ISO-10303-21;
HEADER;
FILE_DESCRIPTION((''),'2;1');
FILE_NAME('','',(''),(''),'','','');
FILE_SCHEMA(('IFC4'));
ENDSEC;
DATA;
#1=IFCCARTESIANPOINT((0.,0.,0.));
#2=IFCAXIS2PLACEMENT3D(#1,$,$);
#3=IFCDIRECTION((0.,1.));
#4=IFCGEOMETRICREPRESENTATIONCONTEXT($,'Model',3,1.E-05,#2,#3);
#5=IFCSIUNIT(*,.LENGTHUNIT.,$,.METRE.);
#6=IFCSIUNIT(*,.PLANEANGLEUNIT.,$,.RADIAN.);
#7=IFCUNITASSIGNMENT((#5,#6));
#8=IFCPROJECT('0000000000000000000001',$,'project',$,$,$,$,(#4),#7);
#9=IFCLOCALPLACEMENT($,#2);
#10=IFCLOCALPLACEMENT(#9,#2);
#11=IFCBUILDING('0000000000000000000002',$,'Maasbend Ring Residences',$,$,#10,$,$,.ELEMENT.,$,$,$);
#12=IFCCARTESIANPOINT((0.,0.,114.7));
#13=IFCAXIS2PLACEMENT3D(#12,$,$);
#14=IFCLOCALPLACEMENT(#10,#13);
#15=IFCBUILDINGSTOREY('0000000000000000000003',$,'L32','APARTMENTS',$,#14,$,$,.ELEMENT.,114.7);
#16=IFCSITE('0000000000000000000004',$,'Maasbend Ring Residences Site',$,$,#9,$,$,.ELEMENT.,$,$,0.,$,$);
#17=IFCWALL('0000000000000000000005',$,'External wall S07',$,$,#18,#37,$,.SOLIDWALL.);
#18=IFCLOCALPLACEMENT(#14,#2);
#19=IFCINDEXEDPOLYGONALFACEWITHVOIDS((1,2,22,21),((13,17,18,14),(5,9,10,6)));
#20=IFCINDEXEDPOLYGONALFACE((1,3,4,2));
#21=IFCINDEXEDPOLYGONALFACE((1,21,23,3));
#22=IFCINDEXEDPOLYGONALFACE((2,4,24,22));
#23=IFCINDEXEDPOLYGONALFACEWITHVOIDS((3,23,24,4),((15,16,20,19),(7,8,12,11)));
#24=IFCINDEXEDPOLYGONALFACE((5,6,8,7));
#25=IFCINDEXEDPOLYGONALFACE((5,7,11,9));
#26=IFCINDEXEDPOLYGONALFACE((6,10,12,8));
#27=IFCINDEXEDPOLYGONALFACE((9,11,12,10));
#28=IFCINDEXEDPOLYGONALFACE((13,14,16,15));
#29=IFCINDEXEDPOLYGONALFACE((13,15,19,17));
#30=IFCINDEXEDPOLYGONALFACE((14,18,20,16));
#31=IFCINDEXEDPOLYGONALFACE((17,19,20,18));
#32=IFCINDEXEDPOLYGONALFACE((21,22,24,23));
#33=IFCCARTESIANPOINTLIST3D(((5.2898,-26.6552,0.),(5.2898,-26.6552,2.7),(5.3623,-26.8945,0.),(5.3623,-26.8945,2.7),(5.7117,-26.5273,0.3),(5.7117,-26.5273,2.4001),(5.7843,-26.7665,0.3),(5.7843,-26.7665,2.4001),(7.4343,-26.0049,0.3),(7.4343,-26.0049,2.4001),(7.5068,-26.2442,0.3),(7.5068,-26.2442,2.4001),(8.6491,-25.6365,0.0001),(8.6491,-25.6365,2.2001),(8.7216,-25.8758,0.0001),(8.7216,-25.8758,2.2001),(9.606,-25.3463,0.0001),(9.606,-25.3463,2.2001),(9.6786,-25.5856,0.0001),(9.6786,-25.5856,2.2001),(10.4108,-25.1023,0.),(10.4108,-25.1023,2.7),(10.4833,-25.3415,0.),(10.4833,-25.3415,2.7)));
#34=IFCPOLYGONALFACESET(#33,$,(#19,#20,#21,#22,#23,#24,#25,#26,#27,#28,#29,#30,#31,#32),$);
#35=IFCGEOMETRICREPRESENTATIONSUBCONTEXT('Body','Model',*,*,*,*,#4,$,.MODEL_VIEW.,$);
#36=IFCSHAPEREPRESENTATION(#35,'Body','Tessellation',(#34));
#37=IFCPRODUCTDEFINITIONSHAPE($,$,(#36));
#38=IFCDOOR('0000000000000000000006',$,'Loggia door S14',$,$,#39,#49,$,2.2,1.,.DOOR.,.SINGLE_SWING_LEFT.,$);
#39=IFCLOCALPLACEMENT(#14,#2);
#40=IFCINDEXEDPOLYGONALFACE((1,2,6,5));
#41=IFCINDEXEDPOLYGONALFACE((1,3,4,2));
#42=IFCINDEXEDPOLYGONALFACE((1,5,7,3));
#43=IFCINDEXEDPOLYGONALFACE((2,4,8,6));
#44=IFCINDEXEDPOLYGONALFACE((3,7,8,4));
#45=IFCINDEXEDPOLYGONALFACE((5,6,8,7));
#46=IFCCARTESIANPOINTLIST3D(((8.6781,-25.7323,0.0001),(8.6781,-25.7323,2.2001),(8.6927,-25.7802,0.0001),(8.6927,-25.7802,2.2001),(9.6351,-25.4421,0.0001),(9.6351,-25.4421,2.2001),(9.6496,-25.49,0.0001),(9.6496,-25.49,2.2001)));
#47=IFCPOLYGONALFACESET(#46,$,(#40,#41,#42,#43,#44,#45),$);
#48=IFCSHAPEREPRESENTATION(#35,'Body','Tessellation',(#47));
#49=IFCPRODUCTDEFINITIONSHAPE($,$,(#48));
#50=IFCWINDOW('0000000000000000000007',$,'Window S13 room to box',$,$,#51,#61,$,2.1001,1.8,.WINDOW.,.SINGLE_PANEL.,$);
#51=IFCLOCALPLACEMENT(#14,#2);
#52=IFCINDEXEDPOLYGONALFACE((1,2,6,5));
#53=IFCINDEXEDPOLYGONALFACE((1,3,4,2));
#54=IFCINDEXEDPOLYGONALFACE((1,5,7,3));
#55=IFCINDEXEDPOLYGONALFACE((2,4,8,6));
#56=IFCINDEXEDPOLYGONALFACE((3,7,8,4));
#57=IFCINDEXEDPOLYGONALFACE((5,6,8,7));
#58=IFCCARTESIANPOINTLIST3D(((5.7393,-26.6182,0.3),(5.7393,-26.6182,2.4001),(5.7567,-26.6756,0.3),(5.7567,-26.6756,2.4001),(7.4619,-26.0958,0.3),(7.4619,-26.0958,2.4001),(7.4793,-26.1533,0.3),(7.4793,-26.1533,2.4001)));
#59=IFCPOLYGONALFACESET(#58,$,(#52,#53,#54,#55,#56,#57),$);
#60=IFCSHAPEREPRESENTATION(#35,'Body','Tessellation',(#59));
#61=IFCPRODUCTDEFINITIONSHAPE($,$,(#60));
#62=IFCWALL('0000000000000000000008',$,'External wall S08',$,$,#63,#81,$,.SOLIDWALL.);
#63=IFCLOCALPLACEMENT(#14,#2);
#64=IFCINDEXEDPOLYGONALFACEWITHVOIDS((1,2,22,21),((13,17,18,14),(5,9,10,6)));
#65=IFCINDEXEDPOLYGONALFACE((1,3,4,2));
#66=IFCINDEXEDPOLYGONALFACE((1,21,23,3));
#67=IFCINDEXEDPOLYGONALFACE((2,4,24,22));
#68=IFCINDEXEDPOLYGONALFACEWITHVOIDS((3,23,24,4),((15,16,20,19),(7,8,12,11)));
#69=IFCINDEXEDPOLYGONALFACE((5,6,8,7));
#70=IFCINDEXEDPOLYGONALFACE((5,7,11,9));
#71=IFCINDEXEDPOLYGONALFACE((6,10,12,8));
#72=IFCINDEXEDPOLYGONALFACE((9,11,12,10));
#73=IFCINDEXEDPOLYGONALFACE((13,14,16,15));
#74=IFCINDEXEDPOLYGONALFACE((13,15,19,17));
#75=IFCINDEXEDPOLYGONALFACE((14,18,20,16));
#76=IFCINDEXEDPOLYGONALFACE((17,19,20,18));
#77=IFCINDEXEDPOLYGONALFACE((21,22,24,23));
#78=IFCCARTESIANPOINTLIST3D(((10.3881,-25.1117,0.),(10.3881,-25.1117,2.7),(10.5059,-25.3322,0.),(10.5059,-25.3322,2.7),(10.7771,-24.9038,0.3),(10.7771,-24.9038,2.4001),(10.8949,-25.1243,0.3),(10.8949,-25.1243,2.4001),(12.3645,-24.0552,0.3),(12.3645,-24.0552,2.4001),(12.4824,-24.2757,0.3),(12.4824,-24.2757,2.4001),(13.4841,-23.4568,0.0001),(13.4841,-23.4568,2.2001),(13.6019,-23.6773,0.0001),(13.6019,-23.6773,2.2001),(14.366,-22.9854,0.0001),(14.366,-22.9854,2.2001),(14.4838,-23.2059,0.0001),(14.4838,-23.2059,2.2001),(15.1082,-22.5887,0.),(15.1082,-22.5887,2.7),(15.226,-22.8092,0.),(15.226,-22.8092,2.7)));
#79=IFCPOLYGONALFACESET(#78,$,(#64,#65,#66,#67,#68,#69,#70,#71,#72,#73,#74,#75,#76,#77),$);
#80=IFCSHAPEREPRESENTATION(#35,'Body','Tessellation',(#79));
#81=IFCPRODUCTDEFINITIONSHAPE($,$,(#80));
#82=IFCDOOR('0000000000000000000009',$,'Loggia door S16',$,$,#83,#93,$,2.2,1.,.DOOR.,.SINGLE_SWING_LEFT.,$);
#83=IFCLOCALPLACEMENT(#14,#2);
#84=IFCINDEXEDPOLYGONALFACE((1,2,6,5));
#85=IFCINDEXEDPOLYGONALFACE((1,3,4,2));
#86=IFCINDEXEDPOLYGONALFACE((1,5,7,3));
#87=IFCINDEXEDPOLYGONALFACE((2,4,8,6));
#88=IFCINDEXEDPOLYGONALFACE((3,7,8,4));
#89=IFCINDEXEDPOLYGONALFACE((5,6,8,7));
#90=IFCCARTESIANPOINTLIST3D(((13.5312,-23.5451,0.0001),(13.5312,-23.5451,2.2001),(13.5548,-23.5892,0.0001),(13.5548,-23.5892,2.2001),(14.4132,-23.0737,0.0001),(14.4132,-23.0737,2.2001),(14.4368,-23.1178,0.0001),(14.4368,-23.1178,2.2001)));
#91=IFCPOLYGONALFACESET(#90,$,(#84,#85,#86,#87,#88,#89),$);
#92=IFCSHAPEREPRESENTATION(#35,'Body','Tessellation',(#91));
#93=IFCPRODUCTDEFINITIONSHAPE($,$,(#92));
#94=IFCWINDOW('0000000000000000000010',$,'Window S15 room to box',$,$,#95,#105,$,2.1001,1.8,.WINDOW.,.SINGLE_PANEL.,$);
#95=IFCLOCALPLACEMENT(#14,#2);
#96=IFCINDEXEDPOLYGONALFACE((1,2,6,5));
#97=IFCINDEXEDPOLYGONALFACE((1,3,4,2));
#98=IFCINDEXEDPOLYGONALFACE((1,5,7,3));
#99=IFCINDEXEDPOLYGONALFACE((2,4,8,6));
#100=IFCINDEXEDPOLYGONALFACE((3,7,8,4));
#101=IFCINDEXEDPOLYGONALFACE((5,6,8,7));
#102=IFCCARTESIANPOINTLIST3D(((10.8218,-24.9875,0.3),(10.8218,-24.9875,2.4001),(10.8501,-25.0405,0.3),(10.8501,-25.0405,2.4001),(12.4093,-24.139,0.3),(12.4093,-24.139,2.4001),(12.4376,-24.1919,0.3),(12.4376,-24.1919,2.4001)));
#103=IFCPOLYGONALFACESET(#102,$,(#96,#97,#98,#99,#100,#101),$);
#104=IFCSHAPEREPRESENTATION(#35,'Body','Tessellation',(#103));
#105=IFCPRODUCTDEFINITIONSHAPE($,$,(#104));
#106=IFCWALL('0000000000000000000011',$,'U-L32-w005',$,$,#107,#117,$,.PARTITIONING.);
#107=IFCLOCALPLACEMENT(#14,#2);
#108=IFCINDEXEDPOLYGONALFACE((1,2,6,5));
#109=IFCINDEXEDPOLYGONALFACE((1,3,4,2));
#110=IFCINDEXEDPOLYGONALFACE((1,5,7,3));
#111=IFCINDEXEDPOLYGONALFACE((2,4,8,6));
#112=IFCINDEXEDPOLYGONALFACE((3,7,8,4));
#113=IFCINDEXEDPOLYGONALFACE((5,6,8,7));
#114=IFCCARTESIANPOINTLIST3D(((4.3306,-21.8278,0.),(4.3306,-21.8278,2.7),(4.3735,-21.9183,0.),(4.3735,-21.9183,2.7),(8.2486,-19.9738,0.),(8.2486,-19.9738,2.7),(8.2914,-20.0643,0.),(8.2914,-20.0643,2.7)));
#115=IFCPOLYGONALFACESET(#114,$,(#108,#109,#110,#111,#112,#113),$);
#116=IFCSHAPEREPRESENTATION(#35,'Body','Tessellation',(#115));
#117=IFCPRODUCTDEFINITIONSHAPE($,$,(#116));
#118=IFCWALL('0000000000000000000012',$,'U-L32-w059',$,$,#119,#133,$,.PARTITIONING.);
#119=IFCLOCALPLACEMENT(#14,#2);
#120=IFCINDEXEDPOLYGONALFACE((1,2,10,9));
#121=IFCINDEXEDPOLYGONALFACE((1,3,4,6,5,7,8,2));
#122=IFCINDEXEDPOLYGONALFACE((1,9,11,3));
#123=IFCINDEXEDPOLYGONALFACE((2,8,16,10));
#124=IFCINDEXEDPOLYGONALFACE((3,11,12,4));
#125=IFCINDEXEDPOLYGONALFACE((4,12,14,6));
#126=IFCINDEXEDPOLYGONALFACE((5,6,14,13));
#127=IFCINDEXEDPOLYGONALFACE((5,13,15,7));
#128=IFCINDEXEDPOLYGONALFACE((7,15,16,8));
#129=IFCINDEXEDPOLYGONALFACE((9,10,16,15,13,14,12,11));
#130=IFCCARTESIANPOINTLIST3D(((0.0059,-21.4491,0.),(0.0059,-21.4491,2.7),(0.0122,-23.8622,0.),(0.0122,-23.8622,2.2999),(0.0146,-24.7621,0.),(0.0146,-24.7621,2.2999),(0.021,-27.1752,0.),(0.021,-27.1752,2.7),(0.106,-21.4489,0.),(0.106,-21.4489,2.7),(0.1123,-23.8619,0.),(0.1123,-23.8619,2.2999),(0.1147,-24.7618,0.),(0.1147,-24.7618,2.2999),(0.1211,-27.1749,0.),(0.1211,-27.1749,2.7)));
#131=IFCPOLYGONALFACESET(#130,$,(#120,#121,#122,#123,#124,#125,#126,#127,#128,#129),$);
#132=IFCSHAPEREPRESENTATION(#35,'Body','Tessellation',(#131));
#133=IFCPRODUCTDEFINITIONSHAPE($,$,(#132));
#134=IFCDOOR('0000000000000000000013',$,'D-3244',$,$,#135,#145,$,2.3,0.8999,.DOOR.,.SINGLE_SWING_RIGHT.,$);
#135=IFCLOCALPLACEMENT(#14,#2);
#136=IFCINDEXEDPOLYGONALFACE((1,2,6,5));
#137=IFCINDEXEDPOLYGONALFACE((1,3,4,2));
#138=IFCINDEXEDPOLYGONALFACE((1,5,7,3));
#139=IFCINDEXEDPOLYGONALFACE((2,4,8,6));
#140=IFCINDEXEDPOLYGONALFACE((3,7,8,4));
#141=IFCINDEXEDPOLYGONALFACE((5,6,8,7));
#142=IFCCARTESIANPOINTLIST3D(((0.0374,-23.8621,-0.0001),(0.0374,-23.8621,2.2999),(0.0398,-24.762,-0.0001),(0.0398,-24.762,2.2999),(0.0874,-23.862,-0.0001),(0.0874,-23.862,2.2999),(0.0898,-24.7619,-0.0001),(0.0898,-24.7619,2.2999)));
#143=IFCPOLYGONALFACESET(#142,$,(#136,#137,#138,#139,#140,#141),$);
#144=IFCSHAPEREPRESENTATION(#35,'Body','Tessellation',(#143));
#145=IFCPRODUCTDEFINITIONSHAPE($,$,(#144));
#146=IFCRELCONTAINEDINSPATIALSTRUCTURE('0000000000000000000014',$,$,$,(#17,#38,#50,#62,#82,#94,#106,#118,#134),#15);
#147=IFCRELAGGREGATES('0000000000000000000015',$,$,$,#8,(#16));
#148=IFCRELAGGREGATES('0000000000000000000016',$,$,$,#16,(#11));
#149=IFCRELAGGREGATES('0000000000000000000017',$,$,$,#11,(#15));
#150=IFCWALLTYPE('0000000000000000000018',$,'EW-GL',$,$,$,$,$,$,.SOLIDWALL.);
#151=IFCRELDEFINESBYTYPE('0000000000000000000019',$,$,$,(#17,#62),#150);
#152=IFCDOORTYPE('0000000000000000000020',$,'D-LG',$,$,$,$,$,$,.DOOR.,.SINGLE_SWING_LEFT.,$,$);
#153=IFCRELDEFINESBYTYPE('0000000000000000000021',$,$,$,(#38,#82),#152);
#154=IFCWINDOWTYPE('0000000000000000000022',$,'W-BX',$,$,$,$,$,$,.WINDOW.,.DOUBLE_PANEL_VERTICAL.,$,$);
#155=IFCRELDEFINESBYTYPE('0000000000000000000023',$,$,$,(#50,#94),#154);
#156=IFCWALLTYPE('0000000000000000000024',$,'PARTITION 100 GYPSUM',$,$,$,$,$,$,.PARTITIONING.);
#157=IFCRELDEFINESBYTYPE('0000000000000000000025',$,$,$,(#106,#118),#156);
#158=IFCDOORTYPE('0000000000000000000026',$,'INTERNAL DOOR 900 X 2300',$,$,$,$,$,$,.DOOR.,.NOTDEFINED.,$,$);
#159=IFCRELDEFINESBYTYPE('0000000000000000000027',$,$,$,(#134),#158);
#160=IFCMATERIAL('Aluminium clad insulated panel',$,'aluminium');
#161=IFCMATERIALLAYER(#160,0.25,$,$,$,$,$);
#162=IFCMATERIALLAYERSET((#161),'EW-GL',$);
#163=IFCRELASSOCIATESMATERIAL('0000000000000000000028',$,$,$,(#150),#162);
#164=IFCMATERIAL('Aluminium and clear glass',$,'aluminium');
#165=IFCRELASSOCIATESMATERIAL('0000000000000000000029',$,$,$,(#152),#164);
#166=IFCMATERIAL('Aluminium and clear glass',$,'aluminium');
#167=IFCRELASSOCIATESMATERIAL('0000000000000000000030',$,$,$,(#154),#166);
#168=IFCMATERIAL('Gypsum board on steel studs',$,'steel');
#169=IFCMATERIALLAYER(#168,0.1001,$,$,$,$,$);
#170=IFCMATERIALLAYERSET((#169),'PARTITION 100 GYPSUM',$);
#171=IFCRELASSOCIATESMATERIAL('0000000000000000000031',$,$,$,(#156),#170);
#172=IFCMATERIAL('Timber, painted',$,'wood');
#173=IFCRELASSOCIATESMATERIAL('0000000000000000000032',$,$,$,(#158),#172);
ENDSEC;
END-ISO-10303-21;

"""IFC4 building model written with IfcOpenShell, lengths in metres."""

from ifc_helpers import new_model, si_unit, direction, frame, frame_2d, origin, place, context, subcontext, project, spatial, rectangle, extrude, material, layer, layer_set, type_object, element, fill, save


model = new_model("IFC4")

# Units and contexts
model_context = context("Model", 3, precision=1e-05, world=origin(), true_north=direction((0.0, 1.0)))
body_context = subcontext(model_context, "Body", "Model", "MODEL_VIEW")
ifc_project = project(units=[si_unit("LENGTHUNIT", "METRE"), si_unit("PLANEANGLEUNIT", "RADIAN")], contexts=[model_context])

# Site, building, storey
site_placement = place(None, origin())
site = spatial("IfcSite", under=ifc_project, at=site_placement, Name="Maasbend Ring Residences Site", CompositionType="ELEMENT", RefElevation=0.0)
building_placement = place(site_placement, origin())
building = spatial("IfcBuilding", under=site, at=building_placement, Name="Maasbend Ring Residences", CompositionType="ELEMENT")
storey_placement = place(building_placement, frame((0.0, 0.0, 114.7)))
storey = spatial("IfcBuildingStorey", under=building, at=storey_placement, Name="L32", Description="APARTMENTS", CompositionType="ELEMENT", Elevation=114.7)

# Walls, openings, doors, windows
ifc_material_1 = material(Name="Aluminium clad insulated panel", Category="aluminium")
ifc_layer_1 = layer(ifc_material_1, 0.25)
ifc_layer_set_1 = layer_set([ifc_layer_1], Name="EW-GL")
wall_type_1 = type_object("IfcWallType", Name="EW-GL", PredefinedType="SOLIDWALL", material=ifc_layer_set_1)
wall_1_placement = place(storey_placement, frame((5.3259, -26.7749, 0.0), z_axis=(0.0, 0.0, 1.0), x_axis=(0.956966, 0.290201, 0.0)))
wall_1 = element("IfcWall", 1, at=wall_1_placement, inside=storey, type_object=wall_type_1, Name="External wall S07", PredefinedType="SOLIDWALL", context=body_context, shape_type="SweptSolid", body=[
    extrude(rectangle(XDim=5.3513, YDim=0.25, at=frame_2d((2.6758, 0.0))), origin(), (0.0, 0.0, 1.0), 2.7),
])
opening_1_placement = place(wall_1_placement, frame((0.4412, 0.0, 0.3)))
opening_1 = element("IfcOpeningElement", 2, at=opening_1_placement, cuts=wall_1, PredefinedType="OPENING", context=body_context, shape_type="SweptSolid", body=[
    extrude(rectangle(XDim=1.8, YDim=2.1001, at=frame_2d((0.8999, 1.05))), frame((0.0, 0.135, 0.0), z_axis=(0.0, -1.0, 0.0), x_axis=(1.0, 0.0, 0.0)), (0.0, 0.0, 1.0), 0.27),
])
opening_2_placement = place(wall_1_placement, frame((3.5105, 0.0, 0.0)))
opening_2 = element("IfcOpeningElement", 3, at=opening_2_placement, cuts=wall_1, PredefinedType="OPENING", context=body_context, shape_type="SweptSolid", body=[
    extrude(rectangle(XDim=1.0, YDim=2.2, at=frame_2d((0.5, 1.1001))), frame((0.0, 0.135, 0.0), z_axis=(0.0, -1.0, 0.0), x_axis=(1.0, 0.0, 0.0)), (0.0, 0.0, 1.0), 0.27),
])
ifc_material_2 = material(Name="Aluminium and clear glass", Category="aluminium")
door_type_1 = type_object("IfcDoorType", Name="D-LG", OperationType="SINGLE_SWING_LEFT", PredefinedType="DOOR", material=ifc_material_2)
door_1_placement = place(opening_2_placement, origin())
door_1 = element("IfcDoor", 4, at=door_1_placement, inside=storey, type_object=door_type_1, Name="Loggia door S14", OperationType="SINGLE_SWING_LEFT", OverallHeight=2.2, OverallWidth=1.0, PredefinedType="DOOR", context=body_context, shape_type="SweptSolid", body=[
    extrude(rectangle(XDim=1.0, YDim=2.2, at=frame_2d((0.5, 1.1001))), frame((0.0, 0.0249, 0.0), z_axis=(0.0, -1.0, 0.0), x_axis=(1.0, 0.0, 0.0)), (0.0, 0.0, 1.0), 0.05),
])
fill(opening_2, door_1)
ifc_material_3 = material(Name="Aluminium and clear glass", Category="aluminium")
window_type_1 = type_object("IfcWindowType", Name="W-BX", PartitioningType="DOUBLE_PANEL_VERTICAL", PredefinedType="WINDOW", material=ifc_material_3)
window_1_placement = place(opening_1_placement, origin())
window_1 = element("IfcWindow", 5, at=window_1_placement, inside=storey, type_object=window_type_1, Name="Window S13 room to box", OverallHeight=2.1001, OverallWidth=1.8, PartitioningType="SINGLE_PANEL", PredefinedType="WINDOW", context=body_context, shape_type="SweptSolid", body=[
    extrude(rectangle(XDim=1.8, YDim=2.1001, at=frame_2d((0.8999, 1.05))), frame((0.0, 0.03, 0.0), z_axis=(0.0, -1.0, 0.0), x_axis=(1.0, 0.0, 0.0)), (0.0, 0.0, 1.0), 0.0601),
])
fill(opening_1, window_1)
wall_2_placement = place(storey_placement, frame((10.447, -25.2219, 0.0), z_axis=(0.0, 0.0, 1.0), x_axis=(0.881916, 0.471407, 0.0)))
wall_2 = element("IfcWall", 6, at=wall_2_placement, inside=storey, type_object=wall_type_1, Name="External wall S08", PredefinedType="SOLIDWALL", context=body_context, shape_type="SweptSolid", body=[
    extrude(rectangle(XDim=5.3521, YDim=0.25, at=frame_2d((2.676, 0.0))), origin(), (0.0, 0.0, 1.0), 2.7),
])
opening_3_placement = place(wall_2_placement, frame((0.4412, 0.0, 0.3)))
opening_3 = element("IfcOpeningElement", 7, at=opening_3_placement, cuts=wall_2, PredefinedType="OPENING", context=body_context, shape_type="SweptSolid", body=[
    extrude(rectangle(XDim=1.8, YDim=2.1001, at=frame_2d((0.8999, 1.05))), frame((0.0, 0.135, 0.0), z_axis=(0.0, -1.0, 0.0), x_axis=(1.0, 0.0, 0.0)), (0.0, 0.0, 1.0), 0.27),
])
opening_4_placement = place(wall_2_placement, frame((3.5105, 0.0, 0.0)))
opening_4 = element("IfcOpeningElement", 8, at=opening_4_placement, cuts=wall_2, PredefinedType="OPENING", context=body_context, shape_type="SweptSolid", body=[
    extrude(rectangle(XDim=1.0, YDim=2.2, at=frame_2d((0.5, 1.1001))), frame((0.0, 0.135, 0.0), z_axis=(0.0, -1.0, 0.0), x_axis=(1.0, 0.0, 0.0)), (0.0, 0.0, 1.0), 0.27),
])
door_2_placement = place(opening_4_placement, origin())
door_2 = element("IfcDoor", 9, at=door_2_placement, inside=storey, type_object=door_type_1, Name="Loggia door S16", OperationType="SINGLE_SWING_LEFT", OverallHeight=2.2, OverallWidth=1.0, PredefinedType="DOOR", context=body_context, shape_type="SweptSolid", body=[
    extrude(rectangle(XDim=1.0, YDim=2.2, at=frame_2d((0.5, 1.1001))), frame((0.0, 0.0249, 0.0), z_axis=(0.0, -1.0, 0.0), x_axis=(1.0, 0.0, 0.0)), (0.0, 0.0, 1.0), 0.05),
])
fill(opening_4, door_2)
window_2_placement = place(opening_3_placement, origin())
window_2 = element("IfcWindow", 10, at=window_2_placement, inside=storey, type_object=window_type_1, Name="Window S15 room to box", OverallHeight=2.1001, OverallWidth=1.8, PartitioningType="SINGLE_PANEL", PredefinedType="WINDOW", context=body_context, shape_type="SweptSolid", body=[
    extrude(rectangle(XDim=1.8, YDim=2.1001, at=frame_2d((0.8999, 1.05))), frame((0.0, 0.03, 0.0), z_axis=(0.0, -1.0, 0.0), x_axis=(1.0, 0.0, 0.0)), (0.0, 0.0, 1.0), 0.0601),
])
fill(opening_3, window_2)

# Wall
ifc_material_4 = material(Name="Gypsum board on steel studs", Category="steel")
ifc_layer_2 = layer(ifc_material_4, 0.1001)
ifc_layer_set_2 = layer_set([ifc_layer_2], Name="PARTITION 100 GYPSUM")
wall_type_2 = type_object("IfcWallType", Name="PARTITION 100 GYPSUM", PredefinedType="PARTITIONING", material=ifc_layer_set_2)
wall_3_placement = place(storey_placement, frame((4.3521, -21.873, 0.0), z_axis=(0.0, 0.0, 1.0), x_axis=(0.903905, 0.427733, 0.0)))
element("IfcWall", 11, at=wall_3_placement, inside=storey, type_object=wall_type_2, Name="U-L32-w005", PredefinedType="PARTITIONING", context=body_context, shape_type="SweptSolid", body=[
    extrude(rectangle(XDim=4.3345, YDim=0.1001, at=frame_2d((2.1672, 0.0))), origin(), (0.0, 0.0, 1.0), 2.7),
])

# Wall, opening, door
wall_4_placement = place(storey_placement, frame((0.071, -27.175, 0.0), z_axis=(0.0, 0.0, 1.0), x_axis=(-0.002643, 0.999997, 0.0)))
wall_4 = element("IfcWall", 12, at=wall_4_placement, inside=storey, type_object=wall_type_2, Name="U-L32-w059", PredefinedType="PARTITIONING", context=body_context, shape_type="SweptSolid", body=[
    extrude(rectangle(XDim=5.7261, YDim=0.1001, at=frame_2d((2.863, 0.0))), origin(), (0.0, 0.0, 1.0), 2.7),
])
opening_5_placement = place(wall_4_placement, frame((2.4131, 0.0, 0.0)))
opening_5 = element("IfcOpeningElement", 13, at=opening_5_placement, cuts=wall_4, PredefinedType="OPENING", context=body_context, shape_type="SweptSolid", body=[
    extrude(rectangle(XDim=0.8999, YDim=2.3, at=frame_2d((0.45, 1.1499))), frame((0.0, 0.0601, 0.0), z_axis=(0.0, -1.0, 0.0), x_axis=(1.0, 0.0, 0.0)), (0.0, 0.0, 1.0), 0.1201),
])
ifc_material_5 = material(Name="Timber, painted", Category="wood")
door_type_2 = type_object("IfcDoorType", Name="INTERNAL DOOR 900 X 2300", OperationType="NOTDEFINED", PredefinedType="DOOR", material=ifc_material_5)
door_3_placement = place(opening_5_placement, origin())
door_3 = element("IfcDoor", 14, at=door_3_placement, inside=storey, type_object=door_type_2, Name="D-3244", OperationType="SINGLE_SWING_RIGHT", OverallHeight=2.3, OverallWidth=0.8999, PredefinedType="DOOR", context=body_context, shape_type="SweptSolid", body=[
    extrude(rectangle(XDim=0.8999, YDim=2.3, at=frame_2d((0.45, 1.1499))), frame((0.0, 0.0249, 0.0), z_axis=(0.0, -1.0, 0.0), x_axis=(1.0, 0.0, 0.0)), (0.0, 0.0, 1.0), 0.05),
])
fill(opening_5, door_3)

save(model, "model.ifc")
